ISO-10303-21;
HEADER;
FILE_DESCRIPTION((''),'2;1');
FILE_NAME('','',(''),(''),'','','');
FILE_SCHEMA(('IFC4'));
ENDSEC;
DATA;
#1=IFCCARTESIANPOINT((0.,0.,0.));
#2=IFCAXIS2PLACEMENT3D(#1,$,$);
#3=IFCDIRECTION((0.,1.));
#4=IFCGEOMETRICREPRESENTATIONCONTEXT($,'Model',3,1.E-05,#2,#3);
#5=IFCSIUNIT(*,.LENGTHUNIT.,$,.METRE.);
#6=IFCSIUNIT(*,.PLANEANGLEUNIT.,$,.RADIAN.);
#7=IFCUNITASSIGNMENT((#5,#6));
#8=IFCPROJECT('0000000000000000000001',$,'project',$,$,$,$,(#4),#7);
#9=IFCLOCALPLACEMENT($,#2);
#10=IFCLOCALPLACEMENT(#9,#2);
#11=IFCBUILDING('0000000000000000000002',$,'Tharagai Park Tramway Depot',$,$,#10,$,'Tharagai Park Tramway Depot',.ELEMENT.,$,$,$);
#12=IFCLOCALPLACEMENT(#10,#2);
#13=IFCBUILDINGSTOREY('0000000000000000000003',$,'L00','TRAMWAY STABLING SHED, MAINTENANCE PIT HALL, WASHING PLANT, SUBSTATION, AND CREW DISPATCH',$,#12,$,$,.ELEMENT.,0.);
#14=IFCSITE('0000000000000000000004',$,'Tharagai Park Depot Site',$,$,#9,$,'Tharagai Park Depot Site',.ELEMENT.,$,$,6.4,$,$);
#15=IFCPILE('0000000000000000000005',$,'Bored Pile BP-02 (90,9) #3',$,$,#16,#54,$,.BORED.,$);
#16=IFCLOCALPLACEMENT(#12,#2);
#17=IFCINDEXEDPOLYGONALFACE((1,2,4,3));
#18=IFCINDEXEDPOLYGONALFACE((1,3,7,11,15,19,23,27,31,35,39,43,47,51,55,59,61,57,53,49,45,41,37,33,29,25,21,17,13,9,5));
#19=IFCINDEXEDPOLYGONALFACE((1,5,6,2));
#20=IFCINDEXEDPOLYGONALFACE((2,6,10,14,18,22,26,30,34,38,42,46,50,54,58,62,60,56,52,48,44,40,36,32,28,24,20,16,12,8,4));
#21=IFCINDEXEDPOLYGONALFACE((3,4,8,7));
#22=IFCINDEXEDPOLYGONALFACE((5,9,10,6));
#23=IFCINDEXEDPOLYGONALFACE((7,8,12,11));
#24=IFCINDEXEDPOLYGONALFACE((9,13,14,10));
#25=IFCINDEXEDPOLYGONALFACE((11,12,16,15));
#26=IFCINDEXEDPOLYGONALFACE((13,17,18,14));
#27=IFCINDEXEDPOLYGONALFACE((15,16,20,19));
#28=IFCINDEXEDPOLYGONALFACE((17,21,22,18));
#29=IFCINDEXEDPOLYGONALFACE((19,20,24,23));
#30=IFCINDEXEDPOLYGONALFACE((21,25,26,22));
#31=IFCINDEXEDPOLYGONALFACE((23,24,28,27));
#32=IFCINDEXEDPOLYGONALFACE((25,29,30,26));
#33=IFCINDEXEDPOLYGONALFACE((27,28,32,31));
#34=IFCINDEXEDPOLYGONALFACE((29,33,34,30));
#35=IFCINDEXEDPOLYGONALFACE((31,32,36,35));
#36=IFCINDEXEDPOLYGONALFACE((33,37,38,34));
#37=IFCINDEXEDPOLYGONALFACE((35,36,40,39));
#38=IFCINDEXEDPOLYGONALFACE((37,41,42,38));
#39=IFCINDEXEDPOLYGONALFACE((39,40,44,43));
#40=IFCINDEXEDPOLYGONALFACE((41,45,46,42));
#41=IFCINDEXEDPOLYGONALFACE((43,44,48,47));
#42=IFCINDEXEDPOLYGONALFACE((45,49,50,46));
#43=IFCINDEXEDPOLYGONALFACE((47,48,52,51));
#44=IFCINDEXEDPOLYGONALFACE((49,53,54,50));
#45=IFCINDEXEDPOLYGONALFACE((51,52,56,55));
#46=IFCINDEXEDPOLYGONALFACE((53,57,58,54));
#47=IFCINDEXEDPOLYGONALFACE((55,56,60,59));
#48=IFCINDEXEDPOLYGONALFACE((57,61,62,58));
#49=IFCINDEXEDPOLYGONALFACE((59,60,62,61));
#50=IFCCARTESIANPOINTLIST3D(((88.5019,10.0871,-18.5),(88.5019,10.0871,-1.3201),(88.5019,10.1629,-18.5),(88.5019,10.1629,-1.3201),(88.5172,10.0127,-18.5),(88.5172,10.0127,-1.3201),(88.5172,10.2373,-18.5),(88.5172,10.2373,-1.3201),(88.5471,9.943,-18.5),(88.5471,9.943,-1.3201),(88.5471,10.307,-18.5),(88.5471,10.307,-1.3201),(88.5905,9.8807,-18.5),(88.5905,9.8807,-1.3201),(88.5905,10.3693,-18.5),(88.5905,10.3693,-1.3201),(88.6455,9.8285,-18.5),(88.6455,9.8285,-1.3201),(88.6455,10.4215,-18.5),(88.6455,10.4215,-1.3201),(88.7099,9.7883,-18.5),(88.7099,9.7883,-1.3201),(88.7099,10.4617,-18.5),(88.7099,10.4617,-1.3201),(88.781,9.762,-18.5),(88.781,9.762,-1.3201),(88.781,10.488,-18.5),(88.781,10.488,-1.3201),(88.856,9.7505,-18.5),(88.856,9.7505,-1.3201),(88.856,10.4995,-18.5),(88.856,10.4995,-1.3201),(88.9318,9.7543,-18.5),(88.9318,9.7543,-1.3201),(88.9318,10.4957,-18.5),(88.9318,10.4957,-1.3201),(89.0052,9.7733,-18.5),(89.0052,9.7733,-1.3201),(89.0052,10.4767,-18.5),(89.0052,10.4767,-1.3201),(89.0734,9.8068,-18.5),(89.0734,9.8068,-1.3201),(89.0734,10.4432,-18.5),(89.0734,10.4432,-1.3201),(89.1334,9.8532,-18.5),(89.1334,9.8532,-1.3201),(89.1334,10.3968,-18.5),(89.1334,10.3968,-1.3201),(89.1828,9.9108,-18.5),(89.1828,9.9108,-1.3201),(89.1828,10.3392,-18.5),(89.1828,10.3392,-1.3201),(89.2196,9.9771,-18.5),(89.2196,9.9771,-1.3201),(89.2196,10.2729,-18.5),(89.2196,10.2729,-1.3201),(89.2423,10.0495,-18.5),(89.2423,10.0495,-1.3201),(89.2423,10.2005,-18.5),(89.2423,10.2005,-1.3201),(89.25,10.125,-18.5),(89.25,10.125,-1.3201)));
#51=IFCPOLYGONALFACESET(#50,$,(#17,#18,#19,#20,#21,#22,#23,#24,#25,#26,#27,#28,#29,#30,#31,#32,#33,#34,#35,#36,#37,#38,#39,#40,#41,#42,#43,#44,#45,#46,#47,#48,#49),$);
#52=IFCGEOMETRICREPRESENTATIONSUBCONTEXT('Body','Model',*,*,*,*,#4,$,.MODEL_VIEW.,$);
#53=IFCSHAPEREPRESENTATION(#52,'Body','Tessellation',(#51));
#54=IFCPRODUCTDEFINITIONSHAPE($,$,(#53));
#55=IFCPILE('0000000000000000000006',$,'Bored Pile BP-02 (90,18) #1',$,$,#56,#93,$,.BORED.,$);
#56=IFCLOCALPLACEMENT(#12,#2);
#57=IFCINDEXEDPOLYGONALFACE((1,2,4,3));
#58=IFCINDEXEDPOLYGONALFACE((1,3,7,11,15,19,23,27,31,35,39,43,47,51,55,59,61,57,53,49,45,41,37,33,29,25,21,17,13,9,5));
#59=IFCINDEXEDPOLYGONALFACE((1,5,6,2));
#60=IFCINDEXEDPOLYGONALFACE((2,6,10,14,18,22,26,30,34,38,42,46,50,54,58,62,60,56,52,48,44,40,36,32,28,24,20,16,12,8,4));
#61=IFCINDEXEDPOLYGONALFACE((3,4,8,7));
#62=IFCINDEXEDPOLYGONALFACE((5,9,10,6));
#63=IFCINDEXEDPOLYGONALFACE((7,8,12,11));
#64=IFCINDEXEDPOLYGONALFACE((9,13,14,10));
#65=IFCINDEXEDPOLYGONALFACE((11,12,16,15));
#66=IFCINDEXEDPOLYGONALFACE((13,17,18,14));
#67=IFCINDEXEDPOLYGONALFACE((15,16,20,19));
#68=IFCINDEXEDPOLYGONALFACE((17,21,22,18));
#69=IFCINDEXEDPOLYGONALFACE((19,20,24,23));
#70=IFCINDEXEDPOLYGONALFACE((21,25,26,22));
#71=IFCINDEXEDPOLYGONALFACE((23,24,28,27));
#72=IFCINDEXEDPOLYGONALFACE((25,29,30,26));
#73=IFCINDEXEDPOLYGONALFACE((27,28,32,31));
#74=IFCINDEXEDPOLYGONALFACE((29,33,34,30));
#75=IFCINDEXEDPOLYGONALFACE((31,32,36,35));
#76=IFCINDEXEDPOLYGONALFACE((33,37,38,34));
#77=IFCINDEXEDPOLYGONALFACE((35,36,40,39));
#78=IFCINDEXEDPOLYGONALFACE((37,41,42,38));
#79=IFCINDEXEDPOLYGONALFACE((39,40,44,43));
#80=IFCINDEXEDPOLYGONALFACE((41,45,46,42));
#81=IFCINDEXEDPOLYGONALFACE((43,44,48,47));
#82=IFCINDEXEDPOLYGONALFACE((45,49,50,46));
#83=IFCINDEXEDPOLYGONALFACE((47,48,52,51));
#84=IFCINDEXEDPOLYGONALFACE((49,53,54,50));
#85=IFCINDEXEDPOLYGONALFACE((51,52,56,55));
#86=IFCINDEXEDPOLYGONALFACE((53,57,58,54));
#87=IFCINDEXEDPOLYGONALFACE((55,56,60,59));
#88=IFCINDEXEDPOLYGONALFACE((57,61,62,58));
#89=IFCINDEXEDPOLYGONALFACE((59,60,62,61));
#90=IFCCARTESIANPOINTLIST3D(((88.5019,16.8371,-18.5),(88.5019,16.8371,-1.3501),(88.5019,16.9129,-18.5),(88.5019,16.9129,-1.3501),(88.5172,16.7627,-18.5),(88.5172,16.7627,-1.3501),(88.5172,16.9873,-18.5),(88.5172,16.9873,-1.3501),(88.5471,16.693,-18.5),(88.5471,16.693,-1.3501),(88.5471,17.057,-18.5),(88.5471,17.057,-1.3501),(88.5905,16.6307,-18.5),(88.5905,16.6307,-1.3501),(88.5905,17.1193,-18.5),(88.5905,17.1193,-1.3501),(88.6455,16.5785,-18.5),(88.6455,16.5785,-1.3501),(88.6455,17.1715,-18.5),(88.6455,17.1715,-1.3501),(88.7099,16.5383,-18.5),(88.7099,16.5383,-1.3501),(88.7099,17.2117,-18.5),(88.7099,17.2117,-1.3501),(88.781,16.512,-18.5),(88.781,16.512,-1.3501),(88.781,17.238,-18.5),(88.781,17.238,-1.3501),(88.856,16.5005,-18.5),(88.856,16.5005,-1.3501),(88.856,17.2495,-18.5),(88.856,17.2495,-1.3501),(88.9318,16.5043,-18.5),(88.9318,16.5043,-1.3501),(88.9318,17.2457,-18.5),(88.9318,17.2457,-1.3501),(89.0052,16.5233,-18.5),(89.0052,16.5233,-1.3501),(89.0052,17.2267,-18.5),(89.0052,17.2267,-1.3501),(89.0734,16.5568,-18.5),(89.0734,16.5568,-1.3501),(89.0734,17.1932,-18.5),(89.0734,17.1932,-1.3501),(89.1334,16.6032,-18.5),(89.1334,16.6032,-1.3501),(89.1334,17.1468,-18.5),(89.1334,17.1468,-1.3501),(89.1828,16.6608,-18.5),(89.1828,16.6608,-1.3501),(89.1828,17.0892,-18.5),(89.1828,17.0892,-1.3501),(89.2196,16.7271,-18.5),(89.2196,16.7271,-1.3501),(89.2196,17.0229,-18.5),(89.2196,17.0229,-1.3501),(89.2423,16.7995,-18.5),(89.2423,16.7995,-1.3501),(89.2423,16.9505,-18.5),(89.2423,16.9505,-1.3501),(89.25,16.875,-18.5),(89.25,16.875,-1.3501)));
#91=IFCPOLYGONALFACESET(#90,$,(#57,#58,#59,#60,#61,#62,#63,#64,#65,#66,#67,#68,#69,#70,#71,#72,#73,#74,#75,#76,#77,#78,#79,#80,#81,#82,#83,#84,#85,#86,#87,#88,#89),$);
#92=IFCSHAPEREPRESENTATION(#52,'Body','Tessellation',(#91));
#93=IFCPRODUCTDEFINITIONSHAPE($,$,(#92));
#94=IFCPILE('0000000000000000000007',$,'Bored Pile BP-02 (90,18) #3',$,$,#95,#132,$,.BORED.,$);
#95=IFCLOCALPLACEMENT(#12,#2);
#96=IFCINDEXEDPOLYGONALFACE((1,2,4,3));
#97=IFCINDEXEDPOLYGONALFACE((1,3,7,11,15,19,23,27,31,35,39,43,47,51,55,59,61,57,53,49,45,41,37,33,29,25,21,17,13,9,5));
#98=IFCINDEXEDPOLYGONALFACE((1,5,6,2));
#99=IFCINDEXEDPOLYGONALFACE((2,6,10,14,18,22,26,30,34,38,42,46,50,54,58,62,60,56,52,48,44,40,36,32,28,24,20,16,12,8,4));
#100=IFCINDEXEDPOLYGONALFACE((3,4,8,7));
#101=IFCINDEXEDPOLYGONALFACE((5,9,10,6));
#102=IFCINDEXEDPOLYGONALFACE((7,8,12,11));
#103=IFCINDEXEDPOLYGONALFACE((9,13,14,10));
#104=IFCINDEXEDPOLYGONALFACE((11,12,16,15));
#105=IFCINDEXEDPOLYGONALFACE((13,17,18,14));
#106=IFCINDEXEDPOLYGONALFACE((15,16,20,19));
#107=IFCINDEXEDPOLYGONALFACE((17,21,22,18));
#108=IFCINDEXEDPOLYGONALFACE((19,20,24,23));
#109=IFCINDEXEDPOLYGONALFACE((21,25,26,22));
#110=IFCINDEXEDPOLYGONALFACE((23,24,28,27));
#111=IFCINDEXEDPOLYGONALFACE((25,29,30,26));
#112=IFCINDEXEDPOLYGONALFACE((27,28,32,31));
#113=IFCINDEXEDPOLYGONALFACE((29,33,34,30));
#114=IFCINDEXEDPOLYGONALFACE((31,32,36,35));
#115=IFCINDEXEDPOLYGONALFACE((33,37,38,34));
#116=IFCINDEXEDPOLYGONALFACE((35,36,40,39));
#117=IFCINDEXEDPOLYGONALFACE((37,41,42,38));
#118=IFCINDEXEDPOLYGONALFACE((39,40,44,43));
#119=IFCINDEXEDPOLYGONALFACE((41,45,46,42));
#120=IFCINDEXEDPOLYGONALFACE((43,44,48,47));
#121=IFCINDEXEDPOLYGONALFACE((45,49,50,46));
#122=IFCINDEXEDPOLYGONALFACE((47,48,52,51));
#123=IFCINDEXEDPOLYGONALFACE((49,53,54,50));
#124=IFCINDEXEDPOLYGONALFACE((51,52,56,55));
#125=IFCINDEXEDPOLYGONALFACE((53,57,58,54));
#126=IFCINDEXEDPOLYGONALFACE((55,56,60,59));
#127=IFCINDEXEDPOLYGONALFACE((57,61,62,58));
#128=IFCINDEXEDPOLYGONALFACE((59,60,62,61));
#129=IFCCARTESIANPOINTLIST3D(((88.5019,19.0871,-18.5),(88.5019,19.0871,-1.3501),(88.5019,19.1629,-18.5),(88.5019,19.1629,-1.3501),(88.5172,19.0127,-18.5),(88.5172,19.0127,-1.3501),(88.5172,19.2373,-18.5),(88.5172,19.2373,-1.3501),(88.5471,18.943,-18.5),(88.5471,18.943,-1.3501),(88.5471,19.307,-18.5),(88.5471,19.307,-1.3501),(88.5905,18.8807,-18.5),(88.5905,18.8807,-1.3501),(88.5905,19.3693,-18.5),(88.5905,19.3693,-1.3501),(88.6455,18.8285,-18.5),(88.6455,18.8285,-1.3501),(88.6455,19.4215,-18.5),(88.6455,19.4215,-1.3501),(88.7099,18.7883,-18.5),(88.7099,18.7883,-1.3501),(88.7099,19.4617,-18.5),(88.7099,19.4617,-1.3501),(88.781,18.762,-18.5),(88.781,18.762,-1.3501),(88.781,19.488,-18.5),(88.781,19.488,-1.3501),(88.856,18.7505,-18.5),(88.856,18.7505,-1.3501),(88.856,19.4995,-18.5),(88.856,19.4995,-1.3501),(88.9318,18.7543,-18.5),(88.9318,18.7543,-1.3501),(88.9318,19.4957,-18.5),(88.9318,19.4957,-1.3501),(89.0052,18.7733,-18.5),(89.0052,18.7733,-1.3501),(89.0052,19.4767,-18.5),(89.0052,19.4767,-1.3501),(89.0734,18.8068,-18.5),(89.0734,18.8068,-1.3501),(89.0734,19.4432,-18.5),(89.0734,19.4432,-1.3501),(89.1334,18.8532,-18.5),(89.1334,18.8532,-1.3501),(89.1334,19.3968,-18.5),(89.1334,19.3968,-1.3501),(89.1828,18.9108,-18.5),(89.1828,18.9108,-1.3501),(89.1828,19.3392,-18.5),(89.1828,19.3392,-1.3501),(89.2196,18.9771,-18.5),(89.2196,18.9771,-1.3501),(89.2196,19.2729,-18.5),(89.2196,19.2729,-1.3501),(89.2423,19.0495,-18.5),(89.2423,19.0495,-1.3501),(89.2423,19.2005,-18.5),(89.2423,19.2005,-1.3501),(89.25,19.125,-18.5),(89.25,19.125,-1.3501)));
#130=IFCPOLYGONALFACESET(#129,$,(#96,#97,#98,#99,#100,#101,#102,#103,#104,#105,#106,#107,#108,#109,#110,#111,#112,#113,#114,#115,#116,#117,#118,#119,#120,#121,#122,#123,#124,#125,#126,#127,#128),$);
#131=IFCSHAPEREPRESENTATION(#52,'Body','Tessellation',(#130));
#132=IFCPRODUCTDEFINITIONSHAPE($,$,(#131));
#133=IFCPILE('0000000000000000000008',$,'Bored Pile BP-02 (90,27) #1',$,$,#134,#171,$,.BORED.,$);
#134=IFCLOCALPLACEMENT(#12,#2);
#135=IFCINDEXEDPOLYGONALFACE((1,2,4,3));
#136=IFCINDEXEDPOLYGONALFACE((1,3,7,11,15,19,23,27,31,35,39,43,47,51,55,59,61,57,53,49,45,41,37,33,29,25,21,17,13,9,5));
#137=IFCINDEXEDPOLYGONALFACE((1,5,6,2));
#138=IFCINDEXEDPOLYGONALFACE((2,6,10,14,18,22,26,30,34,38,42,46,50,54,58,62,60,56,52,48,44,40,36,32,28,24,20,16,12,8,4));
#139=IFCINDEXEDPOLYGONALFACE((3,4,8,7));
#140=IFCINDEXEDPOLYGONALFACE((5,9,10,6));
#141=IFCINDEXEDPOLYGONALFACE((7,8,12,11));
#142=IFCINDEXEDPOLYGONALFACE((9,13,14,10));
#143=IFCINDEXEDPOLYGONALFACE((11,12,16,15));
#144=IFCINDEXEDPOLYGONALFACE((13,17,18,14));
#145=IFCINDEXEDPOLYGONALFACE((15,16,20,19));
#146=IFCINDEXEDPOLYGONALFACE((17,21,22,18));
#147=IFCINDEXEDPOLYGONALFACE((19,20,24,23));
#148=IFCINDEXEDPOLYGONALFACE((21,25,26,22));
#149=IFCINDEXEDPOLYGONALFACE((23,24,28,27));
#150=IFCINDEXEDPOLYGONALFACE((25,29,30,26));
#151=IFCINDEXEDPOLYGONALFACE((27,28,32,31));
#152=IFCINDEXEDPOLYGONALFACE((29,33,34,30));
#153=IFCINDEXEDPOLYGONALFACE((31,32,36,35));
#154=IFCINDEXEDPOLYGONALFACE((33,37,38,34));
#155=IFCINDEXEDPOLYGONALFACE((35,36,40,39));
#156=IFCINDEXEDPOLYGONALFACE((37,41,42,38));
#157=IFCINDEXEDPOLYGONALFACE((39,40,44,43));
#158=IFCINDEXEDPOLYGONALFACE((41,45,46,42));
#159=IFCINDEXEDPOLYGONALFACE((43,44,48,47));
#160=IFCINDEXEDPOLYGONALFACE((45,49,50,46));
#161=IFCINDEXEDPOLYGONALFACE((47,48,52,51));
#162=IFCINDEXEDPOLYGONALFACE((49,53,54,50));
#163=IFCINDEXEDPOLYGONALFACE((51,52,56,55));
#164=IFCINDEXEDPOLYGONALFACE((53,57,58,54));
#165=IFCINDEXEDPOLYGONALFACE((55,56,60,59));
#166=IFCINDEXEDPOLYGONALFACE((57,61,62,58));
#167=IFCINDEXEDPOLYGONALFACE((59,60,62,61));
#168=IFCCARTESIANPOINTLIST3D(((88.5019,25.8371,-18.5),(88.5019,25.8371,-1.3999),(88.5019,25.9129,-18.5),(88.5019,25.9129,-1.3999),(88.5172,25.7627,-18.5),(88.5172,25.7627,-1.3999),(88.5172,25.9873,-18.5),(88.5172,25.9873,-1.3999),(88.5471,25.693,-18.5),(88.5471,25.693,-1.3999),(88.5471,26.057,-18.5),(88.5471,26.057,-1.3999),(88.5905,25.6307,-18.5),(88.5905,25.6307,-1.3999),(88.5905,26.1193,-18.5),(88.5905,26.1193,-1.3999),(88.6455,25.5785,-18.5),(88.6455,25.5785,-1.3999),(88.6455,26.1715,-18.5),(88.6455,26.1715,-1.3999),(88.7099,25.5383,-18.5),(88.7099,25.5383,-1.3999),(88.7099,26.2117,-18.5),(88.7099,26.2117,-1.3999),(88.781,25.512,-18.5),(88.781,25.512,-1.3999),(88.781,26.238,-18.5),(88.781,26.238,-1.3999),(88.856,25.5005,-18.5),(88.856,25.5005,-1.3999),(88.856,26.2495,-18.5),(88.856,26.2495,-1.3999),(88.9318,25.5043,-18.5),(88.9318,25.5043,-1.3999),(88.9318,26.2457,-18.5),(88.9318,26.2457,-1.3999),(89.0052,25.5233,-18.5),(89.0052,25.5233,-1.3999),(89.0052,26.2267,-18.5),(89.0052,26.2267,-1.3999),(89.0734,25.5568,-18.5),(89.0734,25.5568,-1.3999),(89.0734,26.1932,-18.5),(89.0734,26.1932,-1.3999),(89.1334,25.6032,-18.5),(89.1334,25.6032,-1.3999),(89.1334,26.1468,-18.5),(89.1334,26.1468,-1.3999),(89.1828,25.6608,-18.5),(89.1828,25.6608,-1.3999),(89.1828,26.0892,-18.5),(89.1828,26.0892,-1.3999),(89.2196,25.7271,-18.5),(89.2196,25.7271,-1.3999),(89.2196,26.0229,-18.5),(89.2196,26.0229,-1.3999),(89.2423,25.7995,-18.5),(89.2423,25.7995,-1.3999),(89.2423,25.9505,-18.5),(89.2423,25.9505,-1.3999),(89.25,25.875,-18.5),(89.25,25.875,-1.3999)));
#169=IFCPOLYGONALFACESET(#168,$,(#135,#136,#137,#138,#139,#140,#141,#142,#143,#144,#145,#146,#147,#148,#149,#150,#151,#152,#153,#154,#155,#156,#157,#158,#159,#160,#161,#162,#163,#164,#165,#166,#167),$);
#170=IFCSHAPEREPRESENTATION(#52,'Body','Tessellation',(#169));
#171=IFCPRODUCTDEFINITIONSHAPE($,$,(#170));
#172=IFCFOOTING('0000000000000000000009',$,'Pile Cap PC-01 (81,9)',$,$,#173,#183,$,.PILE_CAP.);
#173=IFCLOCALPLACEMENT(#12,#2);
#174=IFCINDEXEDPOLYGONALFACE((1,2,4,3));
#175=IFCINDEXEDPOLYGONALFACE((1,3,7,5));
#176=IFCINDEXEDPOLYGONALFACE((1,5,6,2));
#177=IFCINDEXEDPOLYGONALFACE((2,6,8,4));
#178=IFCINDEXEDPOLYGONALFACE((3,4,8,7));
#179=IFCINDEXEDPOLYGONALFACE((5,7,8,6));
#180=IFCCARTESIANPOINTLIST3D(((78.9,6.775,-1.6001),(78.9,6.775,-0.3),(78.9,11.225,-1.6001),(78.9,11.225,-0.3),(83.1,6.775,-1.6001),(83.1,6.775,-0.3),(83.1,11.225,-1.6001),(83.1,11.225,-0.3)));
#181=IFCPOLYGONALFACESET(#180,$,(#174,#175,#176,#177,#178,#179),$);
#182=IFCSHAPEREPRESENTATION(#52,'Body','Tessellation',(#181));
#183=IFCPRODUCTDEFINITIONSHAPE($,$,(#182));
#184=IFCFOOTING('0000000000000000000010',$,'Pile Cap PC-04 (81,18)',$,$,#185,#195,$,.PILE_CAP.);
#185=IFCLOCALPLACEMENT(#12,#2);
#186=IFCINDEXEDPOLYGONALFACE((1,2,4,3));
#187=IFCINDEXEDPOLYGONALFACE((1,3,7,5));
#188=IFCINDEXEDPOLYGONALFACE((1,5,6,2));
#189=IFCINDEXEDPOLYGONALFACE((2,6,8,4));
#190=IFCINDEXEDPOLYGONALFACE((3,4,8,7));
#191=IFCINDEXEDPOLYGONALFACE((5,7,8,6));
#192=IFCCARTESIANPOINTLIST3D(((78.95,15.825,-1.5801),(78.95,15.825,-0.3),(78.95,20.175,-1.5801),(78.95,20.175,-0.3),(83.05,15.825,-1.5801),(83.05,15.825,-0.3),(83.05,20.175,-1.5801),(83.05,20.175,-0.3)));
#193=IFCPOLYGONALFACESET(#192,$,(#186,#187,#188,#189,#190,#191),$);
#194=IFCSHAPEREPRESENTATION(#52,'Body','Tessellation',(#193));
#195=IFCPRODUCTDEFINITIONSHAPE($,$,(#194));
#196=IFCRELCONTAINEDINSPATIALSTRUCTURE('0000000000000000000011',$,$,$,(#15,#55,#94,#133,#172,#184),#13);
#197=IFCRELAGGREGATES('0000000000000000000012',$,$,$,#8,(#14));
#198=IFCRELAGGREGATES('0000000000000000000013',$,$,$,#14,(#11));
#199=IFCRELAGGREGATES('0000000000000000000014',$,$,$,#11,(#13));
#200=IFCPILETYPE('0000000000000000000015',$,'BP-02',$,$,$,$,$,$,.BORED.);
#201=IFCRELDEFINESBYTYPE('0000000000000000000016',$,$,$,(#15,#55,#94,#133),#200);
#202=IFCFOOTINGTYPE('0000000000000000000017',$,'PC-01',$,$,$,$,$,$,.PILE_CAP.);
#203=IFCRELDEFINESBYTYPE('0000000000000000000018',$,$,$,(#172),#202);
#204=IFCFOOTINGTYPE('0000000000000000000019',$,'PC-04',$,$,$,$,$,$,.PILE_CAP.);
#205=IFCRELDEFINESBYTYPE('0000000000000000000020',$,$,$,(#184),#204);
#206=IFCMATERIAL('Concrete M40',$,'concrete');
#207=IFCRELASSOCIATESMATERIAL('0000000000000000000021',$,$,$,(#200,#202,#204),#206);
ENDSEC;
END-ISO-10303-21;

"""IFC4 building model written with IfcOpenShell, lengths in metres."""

from ifc_helpers import new_model, si_unit, direction, frame, origin, origin_2d, place, context, subcontext, project, spatial, rectangle, circle, extrude, material, material_profile, profile_set, type_object, element, save


model = new_model("IFC4")

# Units and contexts
model_context = context("Model", 3, precision=1e-05, world=origin(), true_north=direction((0.0, 1.0)))
body_context = subcontext(model_context, "Body", "Model", "MODEL_VIEW")
ifc_project = project(units=[si_unit("LENGTHUNIT", "METRE"), si_unit("PLANEANGLEUNIT", "RADIAN")], contexts=[model_context])

# Site, building, storey
site_placement = place(None, origin())
site = spatial("IfcSite", under=ifc_project, at=site_placement, Name="Tharagai Park Depot Site", LongName="Tharagai Park Depot Site", CompositionType="ELEMENT", RefElevation=6.4)
building_placement = place(site_placement, origin())
building = spatial("IfcBuilding", under=site, at=building_placement, Name="Tharagai Park Tramway Depot", LongName="Tharagai Park Tramway Depot", CompositionType="ELEMENT")
storey_placement = place(building_placement, origin())
storey = spatial("IfcBuildingStorey", under=building, at=storey_placement, Name="L00", Description="TRAMWAY STABLING SHED, MAINTENANCE PIT HALL, WASHING PLANT, SUBSTATION, AND CREW DISPATCH", CompositionType="ELEMENT", Elevation=0.0)

# Piles
ifc_material_1 = material(Name="Concrete M40", Category="concrete")
ifc_material_profile_1 = material_profile(ifc_material_1, circle(Radius=0.375, at=origin_2d()), Name="PILE D750")
ifc_profile_set_1 = profile_set([ifc_material_profile_1], Name="Concrete M40")
pile_type_1 = type_object("IfcPileType", Name="BP-02", PredefinedType="BORED", material=ifc_profile_set_1)
pile_1_placement = place(storey_placement, frame((88.875, 10.125, -1.3201), z_axis=(0.0, 0.0, -1.0), x_axis=(1.0, 0.0, 0.0)))
element("IfcPile", 1, at=pile_1_placement, inside=storey, type_object=pile_type_1, Name="Bored Pile BP-02 (90,9) #3", PredefinedType="BORED", context=body_context, shape_type="SweptSolid", body=[
    extrude(circle(Radius=0.375, at=origin_2d()), origin(), (0.0, 0.0, 1.0), 17.1799),
])
for number, where, z_axis, x_axis, name in (
    (2, (88.875, 16.875, -1.3501), (0.0, 0.0, -1.0), (1.0, 0.0, 0.0), "Bored Pile BP-02 (90,18) #1"),
    (3, (88.875, 19.125, -1.3501), (0.0, 0.0, -1.0), (1.0, 0.0, 0.0), "Bored Pile BP-02 (90,18) #3"),
):
    element("IfcPile", number, at=place(storey_placement, frame(where, z_axis=z_axis, x_axis=x_axis)), inside=storey, type_object=pile_type_1, Name=name, PredefinedType="BORED", context=body_context, shape_type="SweptSolid", body=[
        extrude(circle(Radius=0.375, at=origin_2d()), origin(), (0.0, 0.0, 1.0), 17.1499),
    ])
pile_2_placement = place(storey_placement, frame((88.875, 25.875, -1.3999), z_axis=(0.0, 0.0, -1.0), x_axis=(1.0, 0.0, 0.0)))
element("IfcPile", 4, at=pile_2_placement, inside=storey, type_object=pile_type_1, Name="Bored Pile BP-02 (90,27) #1", PredefinedType="BORED", context=body_context, shape_type="SweptSolid", body=[
    extrude(circle(Radius=0.375, at=origin_2d()), origin(), (0.0, 0.0, 1.0), 17.1001),
])

# Footings
footing_type_1 = type_object("IfcFootingType", Name="PC-01", PredefinedType="PILE_CAP", material=ifc_material_1)
footing_1_placement = place(storey_placement, frame((81.0, 9.0, -1.6001), z_axis=(0.0, 0.0, 1.0), x_axis=(1.0, 0.0, 0.0)))
element("IfcFooting", 5, at=footing_1_placement, inside=storey, type_object=footing_type_1, Name="Pile Cap PC-01 (81,9)", PredefinedType="PILE_CAP", context=body_context, shape_type="SweptSolid", body=[
    extrude(rectangle(XDim=4.2, YDim=4.45, at=origin_2d()), origin(), (0.0, 0.0, 1.0), 1.3),
])
footing_type_2 = type_object("IfcFootingType", Name="PC-04", PredefinedType="PILE_CAP", material=ifc_material_1)
footing_2_placement = place(storey_placement, frame((81.0, 18.0, -1.5801), z_axis=(0.0, 0.0, 1.0), x_axis=(1.0, 0.0, 0.0)))
element("IfcFooting", 6, at=footing_2_placement, inside=storey, type_object=footing_type_2, Name="Pile Cap PC-04 (81,18)", PredefinedType="PILE_CAP", context=body_context, shape_type="SweptSolid", body=[
    extrude(rectangle(XDim=4.1001, YDim=4.3501, at=origin_2d()), origin(), (0.0, 0.0, 1.0), 1.28),
])

save(model, "model.ifc")
